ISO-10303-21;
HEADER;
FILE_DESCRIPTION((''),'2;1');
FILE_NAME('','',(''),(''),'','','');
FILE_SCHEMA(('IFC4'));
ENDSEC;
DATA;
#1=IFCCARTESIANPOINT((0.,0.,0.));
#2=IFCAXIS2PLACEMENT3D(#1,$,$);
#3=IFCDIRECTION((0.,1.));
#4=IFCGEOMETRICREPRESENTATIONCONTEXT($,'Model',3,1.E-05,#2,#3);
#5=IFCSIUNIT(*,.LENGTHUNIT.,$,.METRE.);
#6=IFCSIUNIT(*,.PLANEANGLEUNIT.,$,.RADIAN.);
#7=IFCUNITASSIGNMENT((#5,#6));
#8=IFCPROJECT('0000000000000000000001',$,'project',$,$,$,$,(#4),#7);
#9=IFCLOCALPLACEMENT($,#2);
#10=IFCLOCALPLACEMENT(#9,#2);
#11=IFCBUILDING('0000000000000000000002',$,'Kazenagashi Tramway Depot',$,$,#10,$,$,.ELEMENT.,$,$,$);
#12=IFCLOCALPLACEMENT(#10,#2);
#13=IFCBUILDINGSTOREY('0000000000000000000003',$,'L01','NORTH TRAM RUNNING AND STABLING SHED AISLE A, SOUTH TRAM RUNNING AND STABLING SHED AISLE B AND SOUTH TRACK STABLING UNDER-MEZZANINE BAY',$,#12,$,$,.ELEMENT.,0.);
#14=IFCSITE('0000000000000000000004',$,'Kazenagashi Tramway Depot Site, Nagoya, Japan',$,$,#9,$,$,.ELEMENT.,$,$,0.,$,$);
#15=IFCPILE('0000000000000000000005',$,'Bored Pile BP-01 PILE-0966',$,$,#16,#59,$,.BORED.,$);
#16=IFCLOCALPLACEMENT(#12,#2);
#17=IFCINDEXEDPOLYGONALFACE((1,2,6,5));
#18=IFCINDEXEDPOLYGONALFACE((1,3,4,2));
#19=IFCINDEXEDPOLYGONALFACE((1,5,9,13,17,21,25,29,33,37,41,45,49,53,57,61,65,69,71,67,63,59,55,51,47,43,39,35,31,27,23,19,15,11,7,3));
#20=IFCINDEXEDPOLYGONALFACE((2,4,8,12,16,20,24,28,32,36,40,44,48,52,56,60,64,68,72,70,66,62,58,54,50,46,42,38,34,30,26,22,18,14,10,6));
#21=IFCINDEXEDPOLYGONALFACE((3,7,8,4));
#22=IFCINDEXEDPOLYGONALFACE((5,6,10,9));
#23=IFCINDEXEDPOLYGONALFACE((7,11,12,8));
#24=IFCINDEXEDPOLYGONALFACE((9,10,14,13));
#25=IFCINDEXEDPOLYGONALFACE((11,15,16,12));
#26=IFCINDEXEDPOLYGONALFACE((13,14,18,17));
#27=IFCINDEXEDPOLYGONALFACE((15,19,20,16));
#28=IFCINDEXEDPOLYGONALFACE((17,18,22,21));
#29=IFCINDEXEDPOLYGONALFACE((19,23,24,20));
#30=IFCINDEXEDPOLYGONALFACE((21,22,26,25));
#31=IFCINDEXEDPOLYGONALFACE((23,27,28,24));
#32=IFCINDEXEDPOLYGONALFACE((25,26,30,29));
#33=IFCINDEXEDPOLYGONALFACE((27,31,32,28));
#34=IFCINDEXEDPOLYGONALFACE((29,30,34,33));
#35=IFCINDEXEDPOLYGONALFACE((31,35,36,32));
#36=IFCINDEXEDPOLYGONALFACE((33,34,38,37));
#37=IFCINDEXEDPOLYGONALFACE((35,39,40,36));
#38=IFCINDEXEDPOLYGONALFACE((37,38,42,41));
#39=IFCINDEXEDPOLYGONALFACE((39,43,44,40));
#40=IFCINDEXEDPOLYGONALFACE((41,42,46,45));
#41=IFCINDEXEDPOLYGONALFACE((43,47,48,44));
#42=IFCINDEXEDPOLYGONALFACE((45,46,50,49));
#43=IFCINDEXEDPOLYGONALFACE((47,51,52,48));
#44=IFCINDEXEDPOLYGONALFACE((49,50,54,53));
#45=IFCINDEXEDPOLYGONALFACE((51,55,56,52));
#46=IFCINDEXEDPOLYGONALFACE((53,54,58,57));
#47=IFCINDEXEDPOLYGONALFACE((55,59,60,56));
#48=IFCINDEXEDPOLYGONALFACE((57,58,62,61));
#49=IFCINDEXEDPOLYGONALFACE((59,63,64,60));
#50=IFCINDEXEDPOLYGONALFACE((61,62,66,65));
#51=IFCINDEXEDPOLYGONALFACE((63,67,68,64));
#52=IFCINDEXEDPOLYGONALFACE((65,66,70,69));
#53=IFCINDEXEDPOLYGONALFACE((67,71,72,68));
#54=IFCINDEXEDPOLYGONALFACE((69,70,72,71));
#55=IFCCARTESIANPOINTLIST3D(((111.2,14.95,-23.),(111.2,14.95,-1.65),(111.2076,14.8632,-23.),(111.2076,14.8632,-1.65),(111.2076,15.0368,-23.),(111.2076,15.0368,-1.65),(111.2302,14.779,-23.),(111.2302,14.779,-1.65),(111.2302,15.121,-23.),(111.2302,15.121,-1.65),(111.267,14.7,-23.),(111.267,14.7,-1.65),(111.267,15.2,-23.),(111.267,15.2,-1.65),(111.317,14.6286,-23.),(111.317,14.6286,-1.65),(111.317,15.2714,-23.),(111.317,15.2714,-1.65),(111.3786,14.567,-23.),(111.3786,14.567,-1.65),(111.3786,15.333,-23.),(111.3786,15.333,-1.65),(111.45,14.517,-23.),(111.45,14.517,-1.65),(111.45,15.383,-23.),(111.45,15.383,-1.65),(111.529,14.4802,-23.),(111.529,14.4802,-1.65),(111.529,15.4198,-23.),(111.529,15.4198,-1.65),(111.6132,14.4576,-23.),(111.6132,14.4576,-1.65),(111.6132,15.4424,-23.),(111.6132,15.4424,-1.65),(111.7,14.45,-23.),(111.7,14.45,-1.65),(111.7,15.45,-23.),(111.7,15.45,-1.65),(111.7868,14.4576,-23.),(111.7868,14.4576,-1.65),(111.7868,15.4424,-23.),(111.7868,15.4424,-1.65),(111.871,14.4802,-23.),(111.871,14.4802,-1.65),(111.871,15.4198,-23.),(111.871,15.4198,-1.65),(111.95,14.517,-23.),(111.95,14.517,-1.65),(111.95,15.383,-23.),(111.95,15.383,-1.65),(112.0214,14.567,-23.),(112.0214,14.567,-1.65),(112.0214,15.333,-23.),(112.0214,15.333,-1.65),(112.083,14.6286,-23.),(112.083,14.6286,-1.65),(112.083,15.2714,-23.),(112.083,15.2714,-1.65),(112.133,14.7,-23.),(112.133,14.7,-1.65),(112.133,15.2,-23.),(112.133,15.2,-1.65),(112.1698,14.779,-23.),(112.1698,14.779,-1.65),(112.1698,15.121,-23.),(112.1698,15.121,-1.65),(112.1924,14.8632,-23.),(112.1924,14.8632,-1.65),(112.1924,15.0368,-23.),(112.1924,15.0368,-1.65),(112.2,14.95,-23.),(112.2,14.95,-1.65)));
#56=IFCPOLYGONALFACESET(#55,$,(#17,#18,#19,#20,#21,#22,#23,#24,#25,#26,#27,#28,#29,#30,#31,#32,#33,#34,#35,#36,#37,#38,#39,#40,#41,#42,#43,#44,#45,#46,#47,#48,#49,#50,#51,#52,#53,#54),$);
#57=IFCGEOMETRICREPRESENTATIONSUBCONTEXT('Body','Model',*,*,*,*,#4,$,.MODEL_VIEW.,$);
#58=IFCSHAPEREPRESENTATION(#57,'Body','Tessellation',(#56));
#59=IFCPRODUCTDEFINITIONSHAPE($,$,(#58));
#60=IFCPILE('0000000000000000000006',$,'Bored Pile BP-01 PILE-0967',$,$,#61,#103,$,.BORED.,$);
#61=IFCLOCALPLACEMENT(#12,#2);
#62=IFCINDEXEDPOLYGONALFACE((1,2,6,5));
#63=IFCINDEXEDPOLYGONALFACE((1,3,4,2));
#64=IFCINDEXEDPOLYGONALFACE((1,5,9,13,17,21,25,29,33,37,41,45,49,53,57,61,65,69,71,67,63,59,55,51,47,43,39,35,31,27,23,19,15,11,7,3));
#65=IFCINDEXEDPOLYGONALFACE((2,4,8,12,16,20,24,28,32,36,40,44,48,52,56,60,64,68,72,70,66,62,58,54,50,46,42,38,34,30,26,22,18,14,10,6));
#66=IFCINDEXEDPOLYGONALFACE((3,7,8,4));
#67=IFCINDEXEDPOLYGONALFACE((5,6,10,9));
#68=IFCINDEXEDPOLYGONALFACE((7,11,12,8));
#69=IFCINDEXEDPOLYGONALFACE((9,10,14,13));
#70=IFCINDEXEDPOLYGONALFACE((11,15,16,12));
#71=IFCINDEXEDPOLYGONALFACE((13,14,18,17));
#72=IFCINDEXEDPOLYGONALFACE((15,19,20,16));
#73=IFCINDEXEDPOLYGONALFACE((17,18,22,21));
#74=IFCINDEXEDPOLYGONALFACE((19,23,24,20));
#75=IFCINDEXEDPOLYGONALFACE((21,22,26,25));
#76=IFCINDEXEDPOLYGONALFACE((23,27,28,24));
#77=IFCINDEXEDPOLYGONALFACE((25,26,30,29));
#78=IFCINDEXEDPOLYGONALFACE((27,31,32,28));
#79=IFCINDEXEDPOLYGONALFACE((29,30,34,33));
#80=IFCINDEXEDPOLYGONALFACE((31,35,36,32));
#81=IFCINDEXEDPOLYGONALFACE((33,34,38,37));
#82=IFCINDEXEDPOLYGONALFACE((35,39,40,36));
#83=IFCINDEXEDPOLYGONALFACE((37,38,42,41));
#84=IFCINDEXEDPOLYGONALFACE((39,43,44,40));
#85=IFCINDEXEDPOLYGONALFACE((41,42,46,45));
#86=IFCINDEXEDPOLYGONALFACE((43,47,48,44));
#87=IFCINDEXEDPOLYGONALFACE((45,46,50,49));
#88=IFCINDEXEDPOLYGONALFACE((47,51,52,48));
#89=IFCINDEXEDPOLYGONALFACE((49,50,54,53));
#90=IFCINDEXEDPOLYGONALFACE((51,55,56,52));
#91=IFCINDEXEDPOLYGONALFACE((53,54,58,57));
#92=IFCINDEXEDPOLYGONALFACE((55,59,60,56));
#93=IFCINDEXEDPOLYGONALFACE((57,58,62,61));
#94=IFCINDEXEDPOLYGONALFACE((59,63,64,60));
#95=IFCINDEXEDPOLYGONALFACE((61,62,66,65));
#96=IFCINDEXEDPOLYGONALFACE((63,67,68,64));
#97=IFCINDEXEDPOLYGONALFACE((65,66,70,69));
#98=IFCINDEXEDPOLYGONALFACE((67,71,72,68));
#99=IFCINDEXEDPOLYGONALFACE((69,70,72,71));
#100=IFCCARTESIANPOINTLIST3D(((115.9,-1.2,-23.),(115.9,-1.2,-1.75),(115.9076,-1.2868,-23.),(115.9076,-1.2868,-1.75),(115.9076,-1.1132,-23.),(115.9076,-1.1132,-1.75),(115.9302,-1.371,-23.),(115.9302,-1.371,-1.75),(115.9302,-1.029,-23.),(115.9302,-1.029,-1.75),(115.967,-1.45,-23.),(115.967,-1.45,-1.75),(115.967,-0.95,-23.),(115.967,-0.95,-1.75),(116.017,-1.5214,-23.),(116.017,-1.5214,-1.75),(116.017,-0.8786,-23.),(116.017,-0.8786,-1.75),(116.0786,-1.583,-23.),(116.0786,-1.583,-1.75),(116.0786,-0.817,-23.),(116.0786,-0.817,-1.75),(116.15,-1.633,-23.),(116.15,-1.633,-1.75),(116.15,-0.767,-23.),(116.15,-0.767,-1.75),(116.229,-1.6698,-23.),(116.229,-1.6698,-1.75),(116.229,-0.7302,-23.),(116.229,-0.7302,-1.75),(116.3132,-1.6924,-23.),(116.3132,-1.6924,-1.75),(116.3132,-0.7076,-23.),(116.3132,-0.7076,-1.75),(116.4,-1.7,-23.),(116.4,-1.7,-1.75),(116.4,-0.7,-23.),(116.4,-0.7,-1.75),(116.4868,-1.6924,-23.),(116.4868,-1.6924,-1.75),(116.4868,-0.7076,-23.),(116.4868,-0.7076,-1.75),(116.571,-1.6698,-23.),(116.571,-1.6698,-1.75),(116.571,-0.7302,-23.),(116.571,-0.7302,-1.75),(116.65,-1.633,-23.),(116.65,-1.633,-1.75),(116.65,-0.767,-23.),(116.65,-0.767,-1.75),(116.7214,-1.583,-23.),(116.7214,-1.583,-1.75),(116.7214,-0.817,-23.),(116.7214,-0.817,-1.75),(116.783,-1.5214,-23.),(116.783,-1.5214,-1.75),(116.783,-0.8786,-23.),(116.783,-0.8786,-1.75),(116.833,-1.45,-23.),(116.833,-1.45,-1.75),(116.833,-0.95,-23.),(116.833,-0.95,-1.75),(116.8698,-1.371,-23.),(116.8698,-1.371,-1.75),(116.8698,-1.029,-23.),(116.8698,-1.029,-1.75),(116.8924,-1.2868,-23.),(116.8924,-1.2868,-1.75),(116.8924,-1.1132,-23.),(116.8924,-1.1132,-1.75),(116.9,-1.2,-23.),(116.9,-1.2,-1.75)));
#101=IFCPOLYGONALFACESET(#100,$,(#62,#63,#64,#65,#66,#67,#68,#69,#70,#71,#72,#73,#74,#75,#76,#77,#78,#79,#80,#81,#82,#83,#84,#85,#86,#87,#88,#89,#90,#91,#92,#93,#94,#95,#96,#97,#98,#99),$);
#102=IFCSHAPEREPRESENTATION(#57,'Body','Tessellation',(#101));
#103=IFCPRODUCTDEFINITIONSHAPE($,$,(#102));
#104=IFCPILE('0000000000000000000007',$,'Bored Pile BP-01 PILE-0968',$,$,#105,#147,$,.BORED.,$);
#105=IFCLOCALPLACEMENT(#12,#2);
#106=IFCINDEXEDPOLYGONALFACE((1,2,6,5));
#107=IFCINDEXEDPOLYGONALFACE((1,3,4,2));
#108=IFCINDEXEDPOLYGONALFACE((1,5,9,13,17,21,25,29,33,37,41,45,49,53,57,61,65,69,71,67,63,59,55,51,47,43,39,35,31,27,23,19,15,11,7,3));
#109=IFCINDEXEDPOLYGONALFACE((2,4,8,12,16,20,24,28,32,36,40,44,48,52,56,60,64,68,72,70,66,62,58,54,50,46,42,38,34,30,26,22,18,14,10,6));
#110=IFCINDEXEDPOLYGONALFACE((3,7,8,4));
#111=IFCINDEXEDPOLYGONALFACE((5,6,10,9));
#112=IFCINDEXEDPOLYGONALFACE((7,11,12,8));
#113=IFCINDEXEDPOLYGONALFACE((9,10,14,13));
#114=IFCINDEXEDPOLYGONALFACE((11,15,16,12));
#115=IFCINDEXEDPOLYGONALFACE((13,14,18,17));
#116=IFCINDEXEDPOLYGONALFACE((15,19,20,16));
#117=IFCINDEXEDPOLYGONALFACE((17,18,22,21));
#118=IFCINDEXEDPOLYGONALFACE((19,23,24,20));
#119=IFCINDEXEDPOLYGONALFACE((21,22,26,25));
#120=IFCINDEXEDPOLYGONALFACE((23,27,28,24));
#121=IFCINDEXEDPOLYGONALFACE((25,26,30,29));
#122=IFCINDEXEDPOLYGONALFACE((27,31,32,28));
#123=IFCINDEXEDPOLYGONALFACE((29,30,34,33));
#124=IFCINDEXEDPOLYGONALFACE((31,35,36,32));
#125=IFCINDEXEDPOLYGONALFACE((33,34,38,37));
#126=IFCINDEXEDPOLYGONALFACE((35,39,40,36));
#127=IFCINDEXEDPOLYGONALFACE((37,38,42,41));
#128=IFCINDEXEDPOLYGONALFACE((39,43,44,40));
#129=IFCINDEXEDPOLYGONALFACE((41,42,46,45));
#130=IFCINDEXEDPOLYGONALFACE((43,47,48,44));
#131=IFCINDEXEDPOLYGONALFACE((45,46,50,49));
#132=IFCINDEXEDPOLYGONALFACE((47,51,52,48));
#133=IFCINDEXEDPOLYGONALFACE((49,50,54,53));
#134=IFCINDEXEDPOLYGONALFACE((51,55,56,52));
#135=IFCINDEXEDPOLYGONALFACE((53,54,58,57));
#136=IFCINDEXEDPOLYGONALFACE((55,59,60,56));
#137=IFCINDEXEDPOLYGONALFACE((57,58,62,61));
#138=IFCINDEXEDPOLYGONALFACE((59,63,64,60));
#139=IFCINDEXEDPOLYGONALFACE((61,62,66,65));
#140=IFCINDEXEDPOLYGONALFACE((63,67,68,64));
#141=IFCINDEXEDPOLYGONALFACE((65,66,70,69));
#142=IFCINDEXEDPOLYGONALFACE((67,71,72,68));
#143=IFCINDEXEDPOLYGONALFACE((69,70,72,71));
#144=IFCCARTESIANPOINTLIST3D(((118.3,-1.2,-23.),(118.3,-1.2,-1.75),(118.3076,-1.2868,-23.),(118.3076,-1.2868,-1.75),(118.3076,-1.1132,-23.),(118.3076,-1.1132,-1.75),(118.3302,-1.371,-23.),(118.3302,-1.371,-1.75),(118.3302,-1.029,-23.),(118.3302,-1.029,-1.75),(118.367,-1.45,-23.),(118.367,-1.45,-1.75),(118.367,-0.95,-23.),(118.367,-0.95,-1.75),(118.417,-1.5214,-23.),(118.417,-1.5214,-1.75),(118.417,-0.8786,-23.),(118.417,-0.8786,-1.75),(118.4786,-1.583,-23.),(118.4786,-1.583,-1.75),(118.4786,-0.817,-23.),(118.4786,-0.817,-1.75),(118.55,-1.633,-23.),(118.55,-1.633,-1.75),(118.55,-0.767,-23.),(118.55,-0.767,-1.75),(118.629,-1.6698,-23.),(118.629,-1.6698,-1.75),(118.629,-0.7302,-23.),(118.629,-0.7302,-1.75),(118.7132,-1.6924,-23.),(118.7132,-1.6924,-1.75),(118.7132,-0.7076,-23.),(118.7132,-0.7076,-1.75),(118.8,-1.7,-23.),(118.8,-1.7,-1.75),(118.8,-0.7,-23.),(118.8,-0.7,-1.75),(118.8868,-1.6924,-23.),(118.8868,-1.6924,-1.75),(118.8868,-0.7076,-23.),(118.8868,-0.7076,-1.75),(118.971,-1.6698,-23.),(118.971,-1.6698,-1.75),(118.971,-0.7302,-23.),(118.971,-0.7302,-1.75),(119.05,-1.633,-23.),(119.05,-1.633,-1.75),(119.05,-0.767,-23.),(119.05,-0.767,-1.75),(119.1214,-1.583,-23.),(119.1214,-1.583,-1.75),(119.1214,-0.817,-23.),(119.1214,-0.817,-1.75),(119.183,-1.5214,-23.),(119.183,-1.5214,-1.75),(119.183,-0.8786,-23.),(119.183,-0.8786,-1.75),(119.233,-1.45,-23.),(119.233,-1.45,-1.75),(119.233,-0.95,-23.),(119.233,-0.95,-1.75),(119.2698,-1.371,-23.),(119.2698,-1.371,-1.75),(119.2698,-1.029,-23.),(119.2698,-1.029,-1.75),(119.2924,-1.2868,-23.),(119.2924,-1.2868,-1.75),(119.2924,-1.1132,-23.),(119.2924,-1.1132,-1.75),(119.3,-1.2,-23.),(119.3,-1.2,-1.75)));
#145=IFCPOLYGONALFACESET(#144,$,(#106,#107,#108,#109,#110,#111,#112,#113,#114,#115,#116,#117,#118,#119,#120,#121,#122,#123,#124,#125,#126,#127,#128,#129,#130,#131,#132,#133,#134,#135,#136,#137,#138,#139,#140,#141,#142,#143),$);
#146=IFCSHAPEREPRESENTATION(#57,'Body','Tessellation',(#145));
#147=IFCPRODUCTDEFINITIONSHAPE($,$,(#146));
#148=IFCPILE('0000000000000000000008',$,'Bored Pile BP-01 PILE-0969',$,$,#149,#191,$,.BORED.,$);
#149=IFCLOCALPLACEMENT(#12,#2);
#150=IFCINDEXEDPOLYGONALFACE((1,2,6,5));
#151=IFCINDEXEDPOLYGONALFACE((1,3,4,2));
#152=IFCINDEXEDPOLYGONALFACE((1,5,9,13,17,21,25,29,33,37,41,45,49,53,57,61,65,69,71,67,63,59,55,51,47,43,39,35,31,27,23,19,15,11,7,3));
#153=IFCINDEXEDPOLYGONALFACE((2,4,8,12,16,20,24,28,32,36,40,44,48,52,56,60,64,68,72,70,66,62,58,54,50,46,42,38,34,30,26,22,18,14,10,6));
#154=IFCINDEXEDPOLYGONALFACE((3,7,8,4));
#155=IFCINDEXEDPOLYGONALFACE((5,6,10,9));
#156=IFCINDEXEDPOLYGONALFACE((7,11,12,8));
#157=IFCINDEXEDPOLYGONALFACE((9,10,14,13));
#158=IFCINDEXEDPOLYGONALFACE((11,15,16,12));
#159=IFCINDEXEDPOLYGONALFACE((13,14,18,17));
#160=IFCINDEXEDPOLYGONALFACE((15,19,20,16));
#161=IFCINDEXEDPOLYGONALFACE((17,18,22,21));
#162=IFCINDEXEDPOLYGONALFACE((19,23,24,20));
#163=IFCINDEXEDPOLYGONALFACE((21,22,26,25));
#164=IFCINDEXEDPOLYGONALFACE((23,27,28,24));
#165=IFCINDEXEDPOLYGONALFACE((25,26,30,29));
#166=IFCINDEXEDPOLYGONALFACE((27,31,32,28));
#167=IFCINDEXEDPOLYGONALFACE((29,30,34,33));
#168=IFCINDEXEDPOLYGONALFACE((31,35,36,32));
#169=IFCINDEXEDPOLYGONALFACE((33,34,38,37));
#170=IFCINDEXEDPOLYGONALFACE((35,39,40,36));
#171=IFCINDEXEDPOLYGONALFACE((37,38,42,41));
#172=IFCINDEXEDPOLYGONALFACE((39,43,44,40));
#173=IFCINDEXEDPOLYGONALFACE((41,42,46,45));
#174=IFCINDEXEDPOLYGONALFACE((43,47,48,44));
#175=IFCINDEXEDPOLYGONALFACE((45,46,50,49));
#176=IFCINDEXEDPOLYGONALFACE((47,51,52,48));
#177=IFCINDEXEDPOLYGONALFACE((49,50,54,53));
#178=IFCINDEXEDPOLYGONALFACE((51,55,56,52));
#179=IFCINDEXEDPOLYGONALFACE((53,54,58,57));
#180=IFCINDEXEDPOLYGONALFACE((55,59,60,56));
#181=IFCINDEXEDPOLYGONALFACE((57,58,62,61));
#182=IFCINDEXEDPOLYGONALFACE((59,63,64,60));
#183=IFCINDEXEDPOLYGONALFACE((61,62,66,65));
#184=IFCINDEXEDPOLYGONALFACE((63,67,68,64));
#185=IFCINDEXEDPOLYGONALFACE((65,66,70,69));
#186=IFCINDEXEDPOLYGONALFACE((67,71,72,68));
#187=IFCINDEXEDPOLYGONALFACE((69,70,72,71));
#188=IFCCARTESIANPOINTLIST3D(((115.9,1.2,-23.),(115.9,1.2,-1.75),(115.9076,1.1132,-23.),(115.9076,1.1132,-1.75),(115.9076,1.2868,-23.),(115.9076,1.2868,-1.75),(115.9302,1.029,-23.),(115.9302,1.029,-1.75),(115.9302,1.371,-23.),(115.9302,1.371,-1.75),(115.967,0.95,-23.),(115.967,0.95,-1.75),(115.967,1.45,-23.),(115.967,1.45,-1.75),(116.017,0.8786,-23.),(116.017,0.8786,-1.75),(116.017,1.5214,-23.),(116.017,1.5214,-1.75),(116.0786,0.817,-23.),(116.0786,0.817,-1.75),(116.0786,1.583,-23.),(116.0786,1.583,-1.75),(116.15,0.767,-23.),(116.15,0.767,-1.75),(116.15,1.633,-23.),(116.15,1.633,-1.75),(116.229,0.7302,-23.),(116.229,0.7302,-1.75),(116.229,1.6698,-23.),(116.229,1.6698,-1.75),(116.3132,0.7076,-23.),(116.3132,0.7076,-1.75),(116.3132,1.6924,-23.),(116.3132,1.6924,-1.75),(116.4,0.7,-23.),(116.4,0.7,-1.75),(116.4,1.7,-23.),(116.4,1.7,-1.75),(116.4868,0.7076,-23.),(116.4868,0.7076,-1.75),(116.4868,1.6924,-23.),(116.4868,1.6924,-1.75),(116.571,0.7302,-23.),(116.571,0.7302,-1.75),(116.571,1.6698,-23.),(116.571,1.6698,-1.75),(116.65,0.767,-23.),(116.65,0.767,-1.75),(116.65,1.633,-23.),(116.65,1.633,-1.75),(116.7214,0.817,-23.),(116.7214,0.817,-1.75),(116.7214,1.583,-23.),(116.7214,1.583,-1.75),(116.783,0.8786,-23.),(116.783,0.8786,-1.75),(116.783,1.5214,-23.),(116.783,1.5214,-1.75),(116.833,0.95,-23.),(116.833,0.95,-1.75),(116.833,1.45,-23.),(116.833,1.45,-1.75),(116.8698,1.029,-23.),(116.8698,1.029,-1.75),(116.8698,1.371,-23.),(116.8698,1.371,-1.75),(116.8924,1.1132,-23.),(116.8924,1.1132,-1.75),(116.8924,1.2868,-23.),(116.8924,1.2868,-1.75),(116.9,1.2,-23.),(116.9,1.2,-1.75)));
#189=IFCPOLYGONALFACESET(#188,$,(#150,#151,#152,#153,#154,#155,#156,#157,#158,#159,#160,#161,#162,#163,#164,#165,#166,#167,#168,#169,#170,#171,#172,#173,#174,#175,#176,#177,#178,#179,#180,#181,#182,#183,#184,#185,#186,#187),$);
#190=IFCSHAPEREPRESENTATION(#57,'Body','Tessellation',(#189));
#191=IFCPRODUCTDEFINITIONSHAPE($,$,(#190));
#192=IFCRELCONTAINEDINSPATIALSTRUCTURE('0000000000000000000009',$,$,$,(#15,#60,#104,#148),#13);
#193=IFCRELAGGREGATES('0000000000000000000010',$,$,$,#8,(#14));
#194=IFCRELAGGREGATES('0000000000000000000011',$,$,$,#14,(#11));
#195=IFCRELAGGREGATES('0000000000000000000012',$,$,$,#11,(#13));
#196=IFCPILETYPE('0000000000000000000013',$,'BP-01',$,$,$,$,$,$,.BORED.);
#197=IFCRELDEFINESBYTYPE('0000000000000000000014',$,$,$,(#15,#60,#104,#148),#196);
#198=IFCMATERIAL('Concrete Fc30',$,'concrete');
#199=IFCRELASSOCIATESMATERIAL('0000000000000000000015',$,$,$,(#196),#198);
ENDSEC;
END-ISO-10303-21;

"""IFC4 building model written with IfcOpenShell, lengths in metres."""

from ifc_helpers import new_model, si_unit, direction, frame, origin, origin_2d, place, context, subcontext, project, spatial, circle, extrude, material, material_profile, profile_set, type_object, element, save


model = new_model("IFC4")

# Units and contexts
model_context = context("Model", 3, precision=1e-05, world=origin(), true_north=direction((0.0, 1.0)))
body_context = subcontext(model_context, "Body", "Model", "MODEL_VIEW")
ifc_project = project(units=[si_unit("LENGTHUNIT", "METRE"), si_unit("PLANEANGLEUNIT", "RADIAN")], contexts=[model_context])

# Site, building, storey
site_placement = place(None, origin())
site = spatial("IfcSite", under=ifc_project, at=site_placement, Name="Kazenagashi Tramway Depot Site, Nagoya, Japan", CompositionType="ELEMENT", RefElevation=0.0)
building_placement = place(site_placement, origin())
building = spatial("IfcBuilding", under=site, at=building_placement, Name="Kazenagashi Tramway Depot", CompositionType="ELEMENT")
storey_placement = place(building_placement, origin())
storey = spatial("IfcBuildingStorey", under=building, at=storey_placement, Name="L01", Description="NORTH TRAM RUNNING AND STABLING SHED AISLE A, SOUTH TRAM RUNNING AND STABLING SHED AISLE B AND SOUTH TRACK STABLING UNDER-MEZZANINE BAY", CompositionType="ELEMENT", Elevation=0.0)

# Piles
ifc_material_1 = material(Name="Concrete Fc30", Category="concrete")
ifc_material_profile_1 = material_profile(ifc_material_1, circle(Radius=0.5, at=origin_2d()), Name="PILE-1000")
ifc_profile_set_1 = profile_set([ifc_material_profile_1], Name="Concrete Fc30")
pile_type = type_object("IfcPileType", Name="BP-01", PredefinedType="BORED", material=ifc_profile_set_1)
pile_placement = place(storey_placement, frame((111.7, 14.95, -1.65), z_axis=(0.0, 0.0, -1.0), x_axis=(1.0, 0.0, 0.0)))
element("IfcPile", 1, at=pile_placement, inside=storey, type_object=pile_type, Name="Bored Pile BP-01 PILE-0966", PredefinedType="BORED", context=body_context, shape_type="SweptSolid", body=[
    extrude(circle(Radius=0.5, at=origin_2d()), origin(), (0.0, 0.0, 1.0), 21.35),
])
for number, where, z_axis, x_axis, name in (
    (2, (116.4, -1.2, -1.75), (0.0, 0.0, -1.0), (1.0, 0.0, 0.0), "Bored Pile BP-01 PILE-0967"),
    (3, (118.8, -1.2, -1.75), (0.0, 0.0, -1.0), (1.0, 0.0, 0.0), "Bored Pile BP-01 PILE-0968"),
    (4, (116.4, 1.2, -1.75), (0.0, 0.0, -1.0), (1.0, 0.0, 0.0), "Bored Pile BP-01 PILE-0969"),
):
    element("IfcPile", number, at=place(storey_placement, frame(where, z_axis=z_axis, x_axis=x_axis)), inside=storey, type_object=pile_type, Name=name, PredefinedType="BORED", context=body_context, shape_type="SweptSolid", body=[
        extrude(circle(Radius=0.5, at=origin_2d()), origin(), (0.0, 0.0, 1.0), 21.25),
    ])

save(model, "model.ifc")
